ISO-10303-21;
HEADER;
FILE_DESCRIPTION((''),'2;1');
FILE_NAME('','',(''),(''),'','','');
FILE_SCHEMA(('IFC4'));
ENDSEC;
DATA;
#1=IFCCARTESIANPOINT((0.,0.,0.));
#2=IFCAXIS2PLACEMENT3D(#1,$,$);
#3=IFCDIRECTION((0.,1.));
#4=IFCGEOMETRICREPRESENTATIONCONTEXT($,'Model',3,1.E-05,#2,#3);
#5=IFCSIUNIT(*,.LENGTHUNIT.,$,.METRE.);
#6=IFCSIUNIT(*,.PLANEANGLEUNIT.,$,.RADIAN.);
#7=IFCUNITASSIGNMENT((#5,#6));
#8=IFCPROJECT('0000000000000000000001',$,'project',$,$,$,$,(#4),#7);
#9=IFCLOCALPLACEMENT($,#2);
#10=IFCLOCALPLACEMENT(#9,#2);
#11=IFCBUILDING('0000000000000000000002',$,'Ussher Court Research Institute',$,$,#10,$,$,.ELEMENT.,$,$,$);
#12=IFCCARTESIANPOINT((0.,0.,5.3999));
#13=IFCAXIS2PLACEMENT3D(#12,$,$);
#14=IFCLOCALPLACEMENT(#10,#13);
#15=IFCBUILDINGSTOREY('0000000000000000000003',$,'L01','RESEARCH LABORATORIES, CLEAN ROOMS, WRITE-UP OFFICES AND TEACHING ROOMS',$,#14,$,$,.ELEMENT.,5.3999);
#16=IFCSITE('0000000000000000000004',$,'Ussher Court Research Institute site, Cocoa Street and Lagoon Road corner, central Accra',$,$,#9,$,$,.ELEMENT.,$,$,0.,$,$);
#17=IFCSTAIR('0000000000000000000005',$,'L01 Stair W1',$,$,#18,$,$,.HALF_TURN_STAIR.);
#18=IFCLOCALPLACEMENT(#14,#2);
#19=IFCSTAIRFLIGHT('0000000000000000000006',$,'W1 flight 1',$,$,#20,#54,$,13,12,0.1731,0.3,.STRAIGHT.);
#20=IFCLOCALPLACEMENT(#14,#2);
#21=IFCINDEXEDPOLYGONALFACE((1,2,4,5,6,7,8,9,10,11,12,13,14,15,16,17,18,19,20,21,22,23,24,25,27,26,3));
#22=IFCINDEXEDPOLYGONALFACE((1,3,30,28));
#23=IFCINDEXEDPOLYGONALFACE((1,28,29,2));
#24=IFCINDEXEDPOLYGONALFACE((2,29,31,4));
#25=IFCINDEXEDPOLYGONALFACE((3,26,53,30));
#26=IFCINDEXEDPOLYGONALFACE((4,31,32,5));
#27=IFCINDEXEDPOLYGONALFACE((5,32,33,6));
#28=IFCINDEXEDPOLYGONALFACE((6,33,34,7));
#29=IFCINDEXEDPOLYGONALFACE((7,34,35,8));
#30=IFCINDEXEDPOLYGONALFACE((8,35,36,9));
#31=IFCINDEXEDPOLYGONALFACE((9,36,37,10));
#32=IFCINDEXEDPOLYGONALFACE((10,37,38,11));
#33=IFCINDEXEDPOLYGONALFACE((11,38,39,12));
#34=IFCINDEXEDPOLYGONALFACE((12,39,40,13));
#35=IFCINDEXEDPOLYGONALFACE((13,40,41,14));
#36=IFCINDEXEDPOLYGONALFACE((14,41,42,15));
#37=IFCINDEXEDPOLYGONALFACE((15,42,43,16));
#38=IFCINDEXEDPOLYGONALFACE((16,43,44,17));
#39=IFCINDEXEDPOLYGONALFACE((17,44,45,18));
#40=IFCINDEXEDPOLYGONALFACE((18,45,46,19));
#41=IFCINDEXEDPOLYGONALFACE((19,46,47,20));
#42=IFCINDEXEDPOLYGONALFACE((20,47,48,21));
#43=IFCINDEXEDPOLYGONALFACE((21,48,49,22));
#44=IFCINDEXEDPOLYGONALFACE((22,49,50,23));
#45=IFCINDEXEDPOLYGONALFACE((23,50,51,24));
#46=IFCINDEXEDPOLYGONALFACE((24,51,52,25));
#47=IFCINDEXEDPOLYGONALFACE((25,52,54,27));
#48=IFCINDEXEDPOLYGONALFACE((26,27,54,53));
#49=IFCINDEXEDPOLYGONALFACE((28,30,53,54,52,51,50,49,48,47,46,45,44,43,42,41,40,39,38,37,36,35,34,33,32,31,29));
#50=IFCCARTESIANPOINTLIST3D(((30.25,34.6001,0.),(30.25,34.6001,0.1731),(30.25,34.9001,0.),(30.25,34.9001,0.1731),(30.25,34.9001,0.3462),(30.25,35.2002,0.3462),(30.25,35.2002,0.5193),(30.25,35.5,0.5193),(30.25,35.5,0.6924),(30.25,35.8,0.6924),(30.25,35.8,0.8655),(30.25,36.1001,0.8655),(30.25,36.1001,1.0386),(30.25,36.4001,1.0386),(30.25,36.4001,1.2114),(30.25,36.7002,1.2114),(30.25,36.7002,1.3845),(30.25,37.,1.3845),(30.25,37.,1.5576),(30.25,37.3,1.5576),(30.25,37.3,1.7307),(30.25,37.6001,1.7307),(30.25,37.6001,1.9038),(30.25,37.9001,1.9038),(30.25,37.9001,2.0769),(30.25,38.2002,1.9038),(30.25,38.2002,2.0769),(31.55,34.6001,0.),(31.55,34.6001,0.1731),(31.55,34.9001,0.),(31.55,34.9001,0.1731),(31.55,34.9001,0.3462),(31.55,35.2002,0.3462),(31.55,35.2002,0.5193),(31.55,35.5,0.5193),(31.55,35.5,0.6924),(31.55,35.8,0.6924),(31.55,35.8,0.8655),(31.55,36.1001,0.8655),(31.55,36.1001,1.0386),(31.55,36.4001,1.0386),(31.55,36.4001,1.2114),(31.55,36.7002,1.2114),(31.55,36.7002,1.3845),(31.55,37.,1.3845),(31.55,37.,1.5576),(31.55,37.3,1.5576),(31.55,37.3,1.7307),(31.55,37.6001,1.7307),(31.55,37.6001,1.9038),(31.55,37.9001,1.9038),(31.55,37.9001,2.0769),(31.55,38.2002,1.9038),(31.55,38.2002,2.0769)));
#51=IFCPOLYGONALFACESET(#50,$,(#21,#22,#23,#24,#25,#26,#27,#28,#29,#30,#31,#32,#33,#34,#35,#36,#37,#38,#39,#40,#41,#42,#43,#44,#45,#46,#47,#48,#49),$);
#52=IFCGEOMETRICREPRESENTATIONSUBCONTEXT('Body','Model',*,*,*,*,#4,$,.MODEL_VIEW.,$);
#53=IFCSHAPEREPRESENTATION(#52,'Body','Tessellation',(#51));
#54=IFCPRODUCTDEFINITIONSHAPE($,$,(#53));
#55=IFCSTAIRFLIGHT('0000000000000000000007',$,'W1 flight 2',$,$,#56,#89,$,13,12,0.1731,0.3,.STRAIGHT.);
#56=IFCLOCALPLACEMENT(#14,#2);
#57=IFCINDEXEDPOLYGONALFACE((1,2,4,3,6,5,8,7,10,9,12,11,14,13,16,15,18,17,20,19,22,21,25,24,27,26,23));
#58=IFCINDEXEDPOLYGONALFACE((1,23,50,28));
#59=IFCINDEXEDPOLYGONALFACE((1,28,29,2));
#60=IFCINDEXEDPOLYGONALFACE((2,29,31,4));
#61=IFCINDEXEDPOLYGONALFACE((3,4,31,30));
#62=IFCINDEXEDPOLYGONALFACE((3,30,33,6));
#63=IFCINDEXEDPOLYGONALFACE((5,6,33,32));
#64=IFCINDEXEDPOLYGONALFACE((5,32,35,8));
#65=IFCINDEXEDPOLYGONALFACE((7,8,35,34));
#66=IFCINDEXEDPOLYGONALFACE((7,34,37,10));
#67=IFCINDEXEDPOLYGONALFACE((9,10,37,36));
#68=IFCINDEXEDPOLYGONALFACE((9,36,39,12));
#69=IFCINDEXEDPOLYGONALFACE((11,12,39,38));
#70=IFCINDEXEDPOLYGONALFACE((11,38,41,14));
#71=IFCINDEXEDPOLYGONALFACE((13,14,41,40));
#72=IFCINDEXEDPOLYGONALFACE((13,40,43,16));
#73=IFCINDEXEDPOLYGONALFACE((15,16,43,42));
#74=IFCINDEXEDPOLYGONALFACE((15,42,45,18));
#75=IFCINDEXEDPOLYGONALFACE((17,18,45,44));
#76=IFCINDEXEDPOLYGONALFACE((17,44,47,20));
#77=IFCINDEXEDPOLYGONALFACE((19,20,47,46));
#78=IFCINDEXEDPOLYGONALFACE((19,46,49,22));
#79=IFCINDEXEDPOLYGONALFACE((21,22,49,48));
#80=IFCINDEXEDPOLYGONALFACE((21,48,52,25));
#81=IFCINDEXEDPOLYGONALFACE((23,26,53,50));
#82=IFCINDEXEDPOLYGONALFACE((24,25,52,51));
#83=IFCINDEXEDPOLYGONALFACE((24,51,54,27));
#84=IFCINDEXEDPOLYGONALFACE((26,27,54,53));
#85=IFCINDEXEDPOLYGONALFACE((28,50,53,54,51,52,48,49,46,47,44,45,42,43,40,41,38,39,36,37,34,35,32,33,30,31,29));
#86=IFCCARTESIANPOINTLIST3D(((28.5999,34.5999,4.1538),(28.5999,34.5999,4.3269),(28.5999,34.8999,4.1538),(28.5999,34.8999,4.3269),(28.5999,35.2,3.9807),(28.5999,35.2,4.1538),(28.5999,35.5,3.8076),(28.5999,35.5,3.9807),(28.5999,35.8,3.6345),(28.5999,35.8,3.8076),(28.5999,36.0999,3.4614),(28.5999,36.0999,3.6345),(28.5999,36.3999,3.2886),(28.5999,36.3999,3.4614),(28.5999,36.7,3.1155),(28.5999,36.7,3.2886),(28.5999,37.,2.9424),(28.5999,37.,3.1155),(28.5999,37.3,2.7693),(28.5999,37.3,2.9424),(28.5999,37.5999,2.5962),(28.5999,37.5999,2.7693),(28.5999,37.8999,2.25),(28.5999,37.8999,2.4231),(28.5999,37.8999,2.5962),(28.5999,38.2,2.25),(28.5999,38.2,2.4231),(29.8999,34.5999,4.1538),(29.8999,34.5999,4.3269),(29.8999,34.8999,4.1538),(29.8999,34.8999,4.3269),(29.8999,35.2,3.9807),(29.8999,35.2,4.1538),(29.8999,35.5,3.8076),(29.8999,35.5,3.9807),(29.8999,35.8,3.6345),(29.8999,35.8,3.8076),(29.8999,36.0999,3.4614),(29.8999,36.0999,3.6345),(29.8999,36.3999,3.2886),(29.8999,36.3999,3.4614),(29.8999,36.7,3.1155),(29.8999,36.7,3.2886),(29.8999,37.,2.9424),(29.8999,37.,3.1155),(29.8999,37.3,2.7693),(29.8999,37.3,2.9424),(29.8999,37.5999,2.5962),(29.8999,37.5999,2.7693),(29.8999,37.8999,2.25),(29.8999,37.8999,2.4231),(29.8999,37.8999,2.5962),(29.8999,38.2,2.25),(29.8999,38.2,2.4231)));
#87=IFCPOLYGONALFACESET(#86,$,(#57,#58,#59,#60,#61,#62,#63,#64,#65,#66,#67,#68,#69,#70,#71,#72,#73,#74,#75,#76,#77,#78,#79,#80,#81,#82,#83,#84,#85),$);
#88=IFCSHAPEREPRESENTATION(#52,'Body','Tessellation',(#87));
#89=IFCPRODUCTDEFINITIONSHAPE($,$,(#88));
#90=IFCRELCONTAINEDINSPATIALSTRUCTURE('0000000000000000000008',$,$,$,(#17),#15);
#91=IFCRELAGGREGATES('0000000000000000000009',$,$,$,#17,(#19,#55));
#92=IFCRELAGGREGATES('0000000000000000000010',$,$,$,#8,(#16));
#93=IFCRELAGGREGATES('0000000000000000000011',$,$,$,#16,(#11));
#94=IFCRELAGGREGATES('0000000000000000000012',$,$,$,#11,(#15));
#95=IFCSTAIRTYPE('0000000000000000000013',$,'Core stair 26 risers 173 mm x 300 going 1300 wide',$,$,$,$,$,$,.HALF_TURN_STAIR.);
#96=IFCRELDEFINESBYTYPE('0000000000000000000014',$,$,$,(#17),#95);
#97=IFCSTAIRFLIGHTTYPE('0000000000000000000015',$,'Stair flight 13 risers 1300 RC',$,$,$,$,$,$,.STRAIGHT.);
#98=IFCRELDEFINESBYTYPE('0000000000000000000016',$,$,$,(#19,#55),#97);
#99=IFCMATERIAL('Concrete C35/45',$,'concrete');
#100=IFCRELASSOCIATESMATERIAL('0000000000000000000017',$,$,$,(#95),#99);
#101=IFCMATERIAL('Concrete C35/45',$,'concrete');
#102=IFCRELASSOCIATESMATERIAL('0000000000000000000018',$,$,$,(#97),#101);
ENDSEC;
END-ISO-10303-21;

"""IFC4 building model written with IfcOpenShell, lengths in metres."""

from ifc_helpers import new_model, si_unit, direction, frame, origin, place, context, subcontext, project, spatial, polyline, outline, extrude, material, type_object, element, aggregate, save


model = new_model("IFC4")

# Units and contexts
model_context = context("Model", 3, precision=1e-05, world=origin(), true_north=direction((0.0, 1.0)))
body_context = subcontext(model_context, "Body", "Model", "MODEL_VIEW")
ifc_project = project(units=[si_unit("LENGTHUNIT", "METRE"), si_unit("PLANEANGLEUNIT", "RADIAN")], contexts=[model_context])

# Site, building, storey
site_placement = place(None, origin())
site = spatial("IfcSite", under=ifc_project, at=site_placement, Name="Ussher Court Research Institute site, Cocoa Street and Lagoon Road corner, central Accra", CompositionType="ELEMENT", RefElevation=0.0)
building_placement = place(site_placement, origin())
building = spatial("IfcBuilding", under=site, at=building_placement, Name="Ussher Court Research Institute", CompositionType="ELEMENT")
storey_placement = place(building_placement, frame((0.0, 0.0, 5.3999)))
storey = spatial("IfcBuildingStorey", under=building, at=storey_placement, Name="L01", Description="RESEARCH LABORATORIES, CLEAN ROOMS, WRITE-UP OFFICES AND TEACHING ROOMS", CompositionType="ELEMENT", Elevation=5.3999)

# Stair, stair flights
ifc_material_1 = material(Name="Concrete C35/45", Category="concrete")
stair_type = type_object("IfcStairType", Name="Core stair 26 risers 173 mm x 300 going 1300 wide", PredefinedType="HALF_TURN_STAIR", material=ifc_material_1)
stair_placement = place(storey_placement, origin())
stair = element("IfcStair", 1, at=stair_placement, inside=storey, type_object=stair_type, Name="L01 Stair W1", PredefinedType="HALF_TURN_STAIR")
ifc_material_2 = material(Name="Concrete C35/45", Category="concrete")
stair_flight_type = type_object("IfcStairFlightType", Name="Stair flight 13 risers 1300 RC", PredefinedType="STRAIGHT", material=ifc_material_2)
stair_flight_1_placement = place(storey_placement, frame((30.8999, 34.6001, 0.0), z_axis=(0.0, 0.0, 1.0), x_axis=(0.0, 1.0, 0.0)))
stair_flight_1 = element("IfcStairFlight", 2, at=stair_flight_1_placement, type_object=stair_flight_type, Name="W1 flight 1", NumberOfRisers=13, NumberOfTreads=12, PredefinedType="STRAIGHT", RiserHeight=0.1731, TreadLength=0.3, context=body_context, shape_type="SweptSolid", body=[
    extrude(outline(polyline([(0.0, 0.0), (0.0, 0.1731), (0.3, 0.1731), (0.3, 0.3462), (0.6001, 0.3462), (0.6001, 0.5193), (0.8999, 0.5193), (0.8999, 0.6924), (1.2, 0.6924), (1.2, 0.8655), (1.5, 0.8655), (1.5, 1.0386), (1.8, 1.0386), (1.8, 1.2114), (2.1001, 1.2114), (2.1001, 1.3845), (2.3999, 1.3845), (2.3999, 1.5576), (2.7, 1.5576), (2.7, 1.7307), (3.0, 1.7307), (3.0, 1.9038), (3.3, 1.9038), (3.3, 2.0769), (3.6001, 2.0769), (3.6001, 2.25), (3.6001, 1.9038), (0.3, 0.0), (0.0, 0.0)])), frame((0.0, 0.6499, 0.0), z_axis=(0.0, -1.0, 0.0), x_axis=(1.0, 0.0, 0.0)), (0.0, 0.0, 1.0), 1.3),
])
stair_flight_2_placement = place(storey_placement, frame((29.25, 38.2, 2.25), z_axis=(0.0, 0.0, 1.0), x_axis=(0.0, -1.0, 0.0)))
stair_flight_2 = element("IfcStairFlight", 3, at=stair_flight_2_placement, type_object=stair_flight_type, Name="W1 flight 2", NumberOfRisers=13, NumberOfTreads=12, PredefinedType="STRAIGHT", RiserHeight=0.1731, TreadLength=0.3, context=body_context, shape_type="SweptSolid", body=[
    extrude(outline(polyline([(0.0, 0.0), (0.0, 0.1731), (0.3, 0.1731), (0.3, 0.3462), (0.6001, 0.3462), (0.6001, 0.5193), (0.8999, 0.5193), (0.8999, 0.6924), (1.2, 0.6924), (1.2, 0.8655), (1.5, 0.8655), (1.5, 1.0386), (1.8, 1.0386), (1.8, 1.2114), (2.1001, 1.2114), (2.1001, 1.3845), (2.3999, 1.3845), (2.3999, 1.5576), (2.7, 1.5576), (2.7, 1.7307), (3.0, 1.7307), (3.0, 1.9038), (3.3, 1.9038), (3.3, 2.0769), (3.6001, 2.0769), (3.6001, 2.25), (3.6001, 1.9038), (0.3, 0.0), (0.0, 0.0)])), frame((0.0, 0.6499, 0.0), z_axis=(0.0, -1.0, 0.0), x_axis=(1.0, 0.0, 0.0)), (0.0, 0.0, 1.0), 1.3),
])
aggregate(stair, [stair_flight_1, stair_flight_2])

save(model, "model.ifc")
